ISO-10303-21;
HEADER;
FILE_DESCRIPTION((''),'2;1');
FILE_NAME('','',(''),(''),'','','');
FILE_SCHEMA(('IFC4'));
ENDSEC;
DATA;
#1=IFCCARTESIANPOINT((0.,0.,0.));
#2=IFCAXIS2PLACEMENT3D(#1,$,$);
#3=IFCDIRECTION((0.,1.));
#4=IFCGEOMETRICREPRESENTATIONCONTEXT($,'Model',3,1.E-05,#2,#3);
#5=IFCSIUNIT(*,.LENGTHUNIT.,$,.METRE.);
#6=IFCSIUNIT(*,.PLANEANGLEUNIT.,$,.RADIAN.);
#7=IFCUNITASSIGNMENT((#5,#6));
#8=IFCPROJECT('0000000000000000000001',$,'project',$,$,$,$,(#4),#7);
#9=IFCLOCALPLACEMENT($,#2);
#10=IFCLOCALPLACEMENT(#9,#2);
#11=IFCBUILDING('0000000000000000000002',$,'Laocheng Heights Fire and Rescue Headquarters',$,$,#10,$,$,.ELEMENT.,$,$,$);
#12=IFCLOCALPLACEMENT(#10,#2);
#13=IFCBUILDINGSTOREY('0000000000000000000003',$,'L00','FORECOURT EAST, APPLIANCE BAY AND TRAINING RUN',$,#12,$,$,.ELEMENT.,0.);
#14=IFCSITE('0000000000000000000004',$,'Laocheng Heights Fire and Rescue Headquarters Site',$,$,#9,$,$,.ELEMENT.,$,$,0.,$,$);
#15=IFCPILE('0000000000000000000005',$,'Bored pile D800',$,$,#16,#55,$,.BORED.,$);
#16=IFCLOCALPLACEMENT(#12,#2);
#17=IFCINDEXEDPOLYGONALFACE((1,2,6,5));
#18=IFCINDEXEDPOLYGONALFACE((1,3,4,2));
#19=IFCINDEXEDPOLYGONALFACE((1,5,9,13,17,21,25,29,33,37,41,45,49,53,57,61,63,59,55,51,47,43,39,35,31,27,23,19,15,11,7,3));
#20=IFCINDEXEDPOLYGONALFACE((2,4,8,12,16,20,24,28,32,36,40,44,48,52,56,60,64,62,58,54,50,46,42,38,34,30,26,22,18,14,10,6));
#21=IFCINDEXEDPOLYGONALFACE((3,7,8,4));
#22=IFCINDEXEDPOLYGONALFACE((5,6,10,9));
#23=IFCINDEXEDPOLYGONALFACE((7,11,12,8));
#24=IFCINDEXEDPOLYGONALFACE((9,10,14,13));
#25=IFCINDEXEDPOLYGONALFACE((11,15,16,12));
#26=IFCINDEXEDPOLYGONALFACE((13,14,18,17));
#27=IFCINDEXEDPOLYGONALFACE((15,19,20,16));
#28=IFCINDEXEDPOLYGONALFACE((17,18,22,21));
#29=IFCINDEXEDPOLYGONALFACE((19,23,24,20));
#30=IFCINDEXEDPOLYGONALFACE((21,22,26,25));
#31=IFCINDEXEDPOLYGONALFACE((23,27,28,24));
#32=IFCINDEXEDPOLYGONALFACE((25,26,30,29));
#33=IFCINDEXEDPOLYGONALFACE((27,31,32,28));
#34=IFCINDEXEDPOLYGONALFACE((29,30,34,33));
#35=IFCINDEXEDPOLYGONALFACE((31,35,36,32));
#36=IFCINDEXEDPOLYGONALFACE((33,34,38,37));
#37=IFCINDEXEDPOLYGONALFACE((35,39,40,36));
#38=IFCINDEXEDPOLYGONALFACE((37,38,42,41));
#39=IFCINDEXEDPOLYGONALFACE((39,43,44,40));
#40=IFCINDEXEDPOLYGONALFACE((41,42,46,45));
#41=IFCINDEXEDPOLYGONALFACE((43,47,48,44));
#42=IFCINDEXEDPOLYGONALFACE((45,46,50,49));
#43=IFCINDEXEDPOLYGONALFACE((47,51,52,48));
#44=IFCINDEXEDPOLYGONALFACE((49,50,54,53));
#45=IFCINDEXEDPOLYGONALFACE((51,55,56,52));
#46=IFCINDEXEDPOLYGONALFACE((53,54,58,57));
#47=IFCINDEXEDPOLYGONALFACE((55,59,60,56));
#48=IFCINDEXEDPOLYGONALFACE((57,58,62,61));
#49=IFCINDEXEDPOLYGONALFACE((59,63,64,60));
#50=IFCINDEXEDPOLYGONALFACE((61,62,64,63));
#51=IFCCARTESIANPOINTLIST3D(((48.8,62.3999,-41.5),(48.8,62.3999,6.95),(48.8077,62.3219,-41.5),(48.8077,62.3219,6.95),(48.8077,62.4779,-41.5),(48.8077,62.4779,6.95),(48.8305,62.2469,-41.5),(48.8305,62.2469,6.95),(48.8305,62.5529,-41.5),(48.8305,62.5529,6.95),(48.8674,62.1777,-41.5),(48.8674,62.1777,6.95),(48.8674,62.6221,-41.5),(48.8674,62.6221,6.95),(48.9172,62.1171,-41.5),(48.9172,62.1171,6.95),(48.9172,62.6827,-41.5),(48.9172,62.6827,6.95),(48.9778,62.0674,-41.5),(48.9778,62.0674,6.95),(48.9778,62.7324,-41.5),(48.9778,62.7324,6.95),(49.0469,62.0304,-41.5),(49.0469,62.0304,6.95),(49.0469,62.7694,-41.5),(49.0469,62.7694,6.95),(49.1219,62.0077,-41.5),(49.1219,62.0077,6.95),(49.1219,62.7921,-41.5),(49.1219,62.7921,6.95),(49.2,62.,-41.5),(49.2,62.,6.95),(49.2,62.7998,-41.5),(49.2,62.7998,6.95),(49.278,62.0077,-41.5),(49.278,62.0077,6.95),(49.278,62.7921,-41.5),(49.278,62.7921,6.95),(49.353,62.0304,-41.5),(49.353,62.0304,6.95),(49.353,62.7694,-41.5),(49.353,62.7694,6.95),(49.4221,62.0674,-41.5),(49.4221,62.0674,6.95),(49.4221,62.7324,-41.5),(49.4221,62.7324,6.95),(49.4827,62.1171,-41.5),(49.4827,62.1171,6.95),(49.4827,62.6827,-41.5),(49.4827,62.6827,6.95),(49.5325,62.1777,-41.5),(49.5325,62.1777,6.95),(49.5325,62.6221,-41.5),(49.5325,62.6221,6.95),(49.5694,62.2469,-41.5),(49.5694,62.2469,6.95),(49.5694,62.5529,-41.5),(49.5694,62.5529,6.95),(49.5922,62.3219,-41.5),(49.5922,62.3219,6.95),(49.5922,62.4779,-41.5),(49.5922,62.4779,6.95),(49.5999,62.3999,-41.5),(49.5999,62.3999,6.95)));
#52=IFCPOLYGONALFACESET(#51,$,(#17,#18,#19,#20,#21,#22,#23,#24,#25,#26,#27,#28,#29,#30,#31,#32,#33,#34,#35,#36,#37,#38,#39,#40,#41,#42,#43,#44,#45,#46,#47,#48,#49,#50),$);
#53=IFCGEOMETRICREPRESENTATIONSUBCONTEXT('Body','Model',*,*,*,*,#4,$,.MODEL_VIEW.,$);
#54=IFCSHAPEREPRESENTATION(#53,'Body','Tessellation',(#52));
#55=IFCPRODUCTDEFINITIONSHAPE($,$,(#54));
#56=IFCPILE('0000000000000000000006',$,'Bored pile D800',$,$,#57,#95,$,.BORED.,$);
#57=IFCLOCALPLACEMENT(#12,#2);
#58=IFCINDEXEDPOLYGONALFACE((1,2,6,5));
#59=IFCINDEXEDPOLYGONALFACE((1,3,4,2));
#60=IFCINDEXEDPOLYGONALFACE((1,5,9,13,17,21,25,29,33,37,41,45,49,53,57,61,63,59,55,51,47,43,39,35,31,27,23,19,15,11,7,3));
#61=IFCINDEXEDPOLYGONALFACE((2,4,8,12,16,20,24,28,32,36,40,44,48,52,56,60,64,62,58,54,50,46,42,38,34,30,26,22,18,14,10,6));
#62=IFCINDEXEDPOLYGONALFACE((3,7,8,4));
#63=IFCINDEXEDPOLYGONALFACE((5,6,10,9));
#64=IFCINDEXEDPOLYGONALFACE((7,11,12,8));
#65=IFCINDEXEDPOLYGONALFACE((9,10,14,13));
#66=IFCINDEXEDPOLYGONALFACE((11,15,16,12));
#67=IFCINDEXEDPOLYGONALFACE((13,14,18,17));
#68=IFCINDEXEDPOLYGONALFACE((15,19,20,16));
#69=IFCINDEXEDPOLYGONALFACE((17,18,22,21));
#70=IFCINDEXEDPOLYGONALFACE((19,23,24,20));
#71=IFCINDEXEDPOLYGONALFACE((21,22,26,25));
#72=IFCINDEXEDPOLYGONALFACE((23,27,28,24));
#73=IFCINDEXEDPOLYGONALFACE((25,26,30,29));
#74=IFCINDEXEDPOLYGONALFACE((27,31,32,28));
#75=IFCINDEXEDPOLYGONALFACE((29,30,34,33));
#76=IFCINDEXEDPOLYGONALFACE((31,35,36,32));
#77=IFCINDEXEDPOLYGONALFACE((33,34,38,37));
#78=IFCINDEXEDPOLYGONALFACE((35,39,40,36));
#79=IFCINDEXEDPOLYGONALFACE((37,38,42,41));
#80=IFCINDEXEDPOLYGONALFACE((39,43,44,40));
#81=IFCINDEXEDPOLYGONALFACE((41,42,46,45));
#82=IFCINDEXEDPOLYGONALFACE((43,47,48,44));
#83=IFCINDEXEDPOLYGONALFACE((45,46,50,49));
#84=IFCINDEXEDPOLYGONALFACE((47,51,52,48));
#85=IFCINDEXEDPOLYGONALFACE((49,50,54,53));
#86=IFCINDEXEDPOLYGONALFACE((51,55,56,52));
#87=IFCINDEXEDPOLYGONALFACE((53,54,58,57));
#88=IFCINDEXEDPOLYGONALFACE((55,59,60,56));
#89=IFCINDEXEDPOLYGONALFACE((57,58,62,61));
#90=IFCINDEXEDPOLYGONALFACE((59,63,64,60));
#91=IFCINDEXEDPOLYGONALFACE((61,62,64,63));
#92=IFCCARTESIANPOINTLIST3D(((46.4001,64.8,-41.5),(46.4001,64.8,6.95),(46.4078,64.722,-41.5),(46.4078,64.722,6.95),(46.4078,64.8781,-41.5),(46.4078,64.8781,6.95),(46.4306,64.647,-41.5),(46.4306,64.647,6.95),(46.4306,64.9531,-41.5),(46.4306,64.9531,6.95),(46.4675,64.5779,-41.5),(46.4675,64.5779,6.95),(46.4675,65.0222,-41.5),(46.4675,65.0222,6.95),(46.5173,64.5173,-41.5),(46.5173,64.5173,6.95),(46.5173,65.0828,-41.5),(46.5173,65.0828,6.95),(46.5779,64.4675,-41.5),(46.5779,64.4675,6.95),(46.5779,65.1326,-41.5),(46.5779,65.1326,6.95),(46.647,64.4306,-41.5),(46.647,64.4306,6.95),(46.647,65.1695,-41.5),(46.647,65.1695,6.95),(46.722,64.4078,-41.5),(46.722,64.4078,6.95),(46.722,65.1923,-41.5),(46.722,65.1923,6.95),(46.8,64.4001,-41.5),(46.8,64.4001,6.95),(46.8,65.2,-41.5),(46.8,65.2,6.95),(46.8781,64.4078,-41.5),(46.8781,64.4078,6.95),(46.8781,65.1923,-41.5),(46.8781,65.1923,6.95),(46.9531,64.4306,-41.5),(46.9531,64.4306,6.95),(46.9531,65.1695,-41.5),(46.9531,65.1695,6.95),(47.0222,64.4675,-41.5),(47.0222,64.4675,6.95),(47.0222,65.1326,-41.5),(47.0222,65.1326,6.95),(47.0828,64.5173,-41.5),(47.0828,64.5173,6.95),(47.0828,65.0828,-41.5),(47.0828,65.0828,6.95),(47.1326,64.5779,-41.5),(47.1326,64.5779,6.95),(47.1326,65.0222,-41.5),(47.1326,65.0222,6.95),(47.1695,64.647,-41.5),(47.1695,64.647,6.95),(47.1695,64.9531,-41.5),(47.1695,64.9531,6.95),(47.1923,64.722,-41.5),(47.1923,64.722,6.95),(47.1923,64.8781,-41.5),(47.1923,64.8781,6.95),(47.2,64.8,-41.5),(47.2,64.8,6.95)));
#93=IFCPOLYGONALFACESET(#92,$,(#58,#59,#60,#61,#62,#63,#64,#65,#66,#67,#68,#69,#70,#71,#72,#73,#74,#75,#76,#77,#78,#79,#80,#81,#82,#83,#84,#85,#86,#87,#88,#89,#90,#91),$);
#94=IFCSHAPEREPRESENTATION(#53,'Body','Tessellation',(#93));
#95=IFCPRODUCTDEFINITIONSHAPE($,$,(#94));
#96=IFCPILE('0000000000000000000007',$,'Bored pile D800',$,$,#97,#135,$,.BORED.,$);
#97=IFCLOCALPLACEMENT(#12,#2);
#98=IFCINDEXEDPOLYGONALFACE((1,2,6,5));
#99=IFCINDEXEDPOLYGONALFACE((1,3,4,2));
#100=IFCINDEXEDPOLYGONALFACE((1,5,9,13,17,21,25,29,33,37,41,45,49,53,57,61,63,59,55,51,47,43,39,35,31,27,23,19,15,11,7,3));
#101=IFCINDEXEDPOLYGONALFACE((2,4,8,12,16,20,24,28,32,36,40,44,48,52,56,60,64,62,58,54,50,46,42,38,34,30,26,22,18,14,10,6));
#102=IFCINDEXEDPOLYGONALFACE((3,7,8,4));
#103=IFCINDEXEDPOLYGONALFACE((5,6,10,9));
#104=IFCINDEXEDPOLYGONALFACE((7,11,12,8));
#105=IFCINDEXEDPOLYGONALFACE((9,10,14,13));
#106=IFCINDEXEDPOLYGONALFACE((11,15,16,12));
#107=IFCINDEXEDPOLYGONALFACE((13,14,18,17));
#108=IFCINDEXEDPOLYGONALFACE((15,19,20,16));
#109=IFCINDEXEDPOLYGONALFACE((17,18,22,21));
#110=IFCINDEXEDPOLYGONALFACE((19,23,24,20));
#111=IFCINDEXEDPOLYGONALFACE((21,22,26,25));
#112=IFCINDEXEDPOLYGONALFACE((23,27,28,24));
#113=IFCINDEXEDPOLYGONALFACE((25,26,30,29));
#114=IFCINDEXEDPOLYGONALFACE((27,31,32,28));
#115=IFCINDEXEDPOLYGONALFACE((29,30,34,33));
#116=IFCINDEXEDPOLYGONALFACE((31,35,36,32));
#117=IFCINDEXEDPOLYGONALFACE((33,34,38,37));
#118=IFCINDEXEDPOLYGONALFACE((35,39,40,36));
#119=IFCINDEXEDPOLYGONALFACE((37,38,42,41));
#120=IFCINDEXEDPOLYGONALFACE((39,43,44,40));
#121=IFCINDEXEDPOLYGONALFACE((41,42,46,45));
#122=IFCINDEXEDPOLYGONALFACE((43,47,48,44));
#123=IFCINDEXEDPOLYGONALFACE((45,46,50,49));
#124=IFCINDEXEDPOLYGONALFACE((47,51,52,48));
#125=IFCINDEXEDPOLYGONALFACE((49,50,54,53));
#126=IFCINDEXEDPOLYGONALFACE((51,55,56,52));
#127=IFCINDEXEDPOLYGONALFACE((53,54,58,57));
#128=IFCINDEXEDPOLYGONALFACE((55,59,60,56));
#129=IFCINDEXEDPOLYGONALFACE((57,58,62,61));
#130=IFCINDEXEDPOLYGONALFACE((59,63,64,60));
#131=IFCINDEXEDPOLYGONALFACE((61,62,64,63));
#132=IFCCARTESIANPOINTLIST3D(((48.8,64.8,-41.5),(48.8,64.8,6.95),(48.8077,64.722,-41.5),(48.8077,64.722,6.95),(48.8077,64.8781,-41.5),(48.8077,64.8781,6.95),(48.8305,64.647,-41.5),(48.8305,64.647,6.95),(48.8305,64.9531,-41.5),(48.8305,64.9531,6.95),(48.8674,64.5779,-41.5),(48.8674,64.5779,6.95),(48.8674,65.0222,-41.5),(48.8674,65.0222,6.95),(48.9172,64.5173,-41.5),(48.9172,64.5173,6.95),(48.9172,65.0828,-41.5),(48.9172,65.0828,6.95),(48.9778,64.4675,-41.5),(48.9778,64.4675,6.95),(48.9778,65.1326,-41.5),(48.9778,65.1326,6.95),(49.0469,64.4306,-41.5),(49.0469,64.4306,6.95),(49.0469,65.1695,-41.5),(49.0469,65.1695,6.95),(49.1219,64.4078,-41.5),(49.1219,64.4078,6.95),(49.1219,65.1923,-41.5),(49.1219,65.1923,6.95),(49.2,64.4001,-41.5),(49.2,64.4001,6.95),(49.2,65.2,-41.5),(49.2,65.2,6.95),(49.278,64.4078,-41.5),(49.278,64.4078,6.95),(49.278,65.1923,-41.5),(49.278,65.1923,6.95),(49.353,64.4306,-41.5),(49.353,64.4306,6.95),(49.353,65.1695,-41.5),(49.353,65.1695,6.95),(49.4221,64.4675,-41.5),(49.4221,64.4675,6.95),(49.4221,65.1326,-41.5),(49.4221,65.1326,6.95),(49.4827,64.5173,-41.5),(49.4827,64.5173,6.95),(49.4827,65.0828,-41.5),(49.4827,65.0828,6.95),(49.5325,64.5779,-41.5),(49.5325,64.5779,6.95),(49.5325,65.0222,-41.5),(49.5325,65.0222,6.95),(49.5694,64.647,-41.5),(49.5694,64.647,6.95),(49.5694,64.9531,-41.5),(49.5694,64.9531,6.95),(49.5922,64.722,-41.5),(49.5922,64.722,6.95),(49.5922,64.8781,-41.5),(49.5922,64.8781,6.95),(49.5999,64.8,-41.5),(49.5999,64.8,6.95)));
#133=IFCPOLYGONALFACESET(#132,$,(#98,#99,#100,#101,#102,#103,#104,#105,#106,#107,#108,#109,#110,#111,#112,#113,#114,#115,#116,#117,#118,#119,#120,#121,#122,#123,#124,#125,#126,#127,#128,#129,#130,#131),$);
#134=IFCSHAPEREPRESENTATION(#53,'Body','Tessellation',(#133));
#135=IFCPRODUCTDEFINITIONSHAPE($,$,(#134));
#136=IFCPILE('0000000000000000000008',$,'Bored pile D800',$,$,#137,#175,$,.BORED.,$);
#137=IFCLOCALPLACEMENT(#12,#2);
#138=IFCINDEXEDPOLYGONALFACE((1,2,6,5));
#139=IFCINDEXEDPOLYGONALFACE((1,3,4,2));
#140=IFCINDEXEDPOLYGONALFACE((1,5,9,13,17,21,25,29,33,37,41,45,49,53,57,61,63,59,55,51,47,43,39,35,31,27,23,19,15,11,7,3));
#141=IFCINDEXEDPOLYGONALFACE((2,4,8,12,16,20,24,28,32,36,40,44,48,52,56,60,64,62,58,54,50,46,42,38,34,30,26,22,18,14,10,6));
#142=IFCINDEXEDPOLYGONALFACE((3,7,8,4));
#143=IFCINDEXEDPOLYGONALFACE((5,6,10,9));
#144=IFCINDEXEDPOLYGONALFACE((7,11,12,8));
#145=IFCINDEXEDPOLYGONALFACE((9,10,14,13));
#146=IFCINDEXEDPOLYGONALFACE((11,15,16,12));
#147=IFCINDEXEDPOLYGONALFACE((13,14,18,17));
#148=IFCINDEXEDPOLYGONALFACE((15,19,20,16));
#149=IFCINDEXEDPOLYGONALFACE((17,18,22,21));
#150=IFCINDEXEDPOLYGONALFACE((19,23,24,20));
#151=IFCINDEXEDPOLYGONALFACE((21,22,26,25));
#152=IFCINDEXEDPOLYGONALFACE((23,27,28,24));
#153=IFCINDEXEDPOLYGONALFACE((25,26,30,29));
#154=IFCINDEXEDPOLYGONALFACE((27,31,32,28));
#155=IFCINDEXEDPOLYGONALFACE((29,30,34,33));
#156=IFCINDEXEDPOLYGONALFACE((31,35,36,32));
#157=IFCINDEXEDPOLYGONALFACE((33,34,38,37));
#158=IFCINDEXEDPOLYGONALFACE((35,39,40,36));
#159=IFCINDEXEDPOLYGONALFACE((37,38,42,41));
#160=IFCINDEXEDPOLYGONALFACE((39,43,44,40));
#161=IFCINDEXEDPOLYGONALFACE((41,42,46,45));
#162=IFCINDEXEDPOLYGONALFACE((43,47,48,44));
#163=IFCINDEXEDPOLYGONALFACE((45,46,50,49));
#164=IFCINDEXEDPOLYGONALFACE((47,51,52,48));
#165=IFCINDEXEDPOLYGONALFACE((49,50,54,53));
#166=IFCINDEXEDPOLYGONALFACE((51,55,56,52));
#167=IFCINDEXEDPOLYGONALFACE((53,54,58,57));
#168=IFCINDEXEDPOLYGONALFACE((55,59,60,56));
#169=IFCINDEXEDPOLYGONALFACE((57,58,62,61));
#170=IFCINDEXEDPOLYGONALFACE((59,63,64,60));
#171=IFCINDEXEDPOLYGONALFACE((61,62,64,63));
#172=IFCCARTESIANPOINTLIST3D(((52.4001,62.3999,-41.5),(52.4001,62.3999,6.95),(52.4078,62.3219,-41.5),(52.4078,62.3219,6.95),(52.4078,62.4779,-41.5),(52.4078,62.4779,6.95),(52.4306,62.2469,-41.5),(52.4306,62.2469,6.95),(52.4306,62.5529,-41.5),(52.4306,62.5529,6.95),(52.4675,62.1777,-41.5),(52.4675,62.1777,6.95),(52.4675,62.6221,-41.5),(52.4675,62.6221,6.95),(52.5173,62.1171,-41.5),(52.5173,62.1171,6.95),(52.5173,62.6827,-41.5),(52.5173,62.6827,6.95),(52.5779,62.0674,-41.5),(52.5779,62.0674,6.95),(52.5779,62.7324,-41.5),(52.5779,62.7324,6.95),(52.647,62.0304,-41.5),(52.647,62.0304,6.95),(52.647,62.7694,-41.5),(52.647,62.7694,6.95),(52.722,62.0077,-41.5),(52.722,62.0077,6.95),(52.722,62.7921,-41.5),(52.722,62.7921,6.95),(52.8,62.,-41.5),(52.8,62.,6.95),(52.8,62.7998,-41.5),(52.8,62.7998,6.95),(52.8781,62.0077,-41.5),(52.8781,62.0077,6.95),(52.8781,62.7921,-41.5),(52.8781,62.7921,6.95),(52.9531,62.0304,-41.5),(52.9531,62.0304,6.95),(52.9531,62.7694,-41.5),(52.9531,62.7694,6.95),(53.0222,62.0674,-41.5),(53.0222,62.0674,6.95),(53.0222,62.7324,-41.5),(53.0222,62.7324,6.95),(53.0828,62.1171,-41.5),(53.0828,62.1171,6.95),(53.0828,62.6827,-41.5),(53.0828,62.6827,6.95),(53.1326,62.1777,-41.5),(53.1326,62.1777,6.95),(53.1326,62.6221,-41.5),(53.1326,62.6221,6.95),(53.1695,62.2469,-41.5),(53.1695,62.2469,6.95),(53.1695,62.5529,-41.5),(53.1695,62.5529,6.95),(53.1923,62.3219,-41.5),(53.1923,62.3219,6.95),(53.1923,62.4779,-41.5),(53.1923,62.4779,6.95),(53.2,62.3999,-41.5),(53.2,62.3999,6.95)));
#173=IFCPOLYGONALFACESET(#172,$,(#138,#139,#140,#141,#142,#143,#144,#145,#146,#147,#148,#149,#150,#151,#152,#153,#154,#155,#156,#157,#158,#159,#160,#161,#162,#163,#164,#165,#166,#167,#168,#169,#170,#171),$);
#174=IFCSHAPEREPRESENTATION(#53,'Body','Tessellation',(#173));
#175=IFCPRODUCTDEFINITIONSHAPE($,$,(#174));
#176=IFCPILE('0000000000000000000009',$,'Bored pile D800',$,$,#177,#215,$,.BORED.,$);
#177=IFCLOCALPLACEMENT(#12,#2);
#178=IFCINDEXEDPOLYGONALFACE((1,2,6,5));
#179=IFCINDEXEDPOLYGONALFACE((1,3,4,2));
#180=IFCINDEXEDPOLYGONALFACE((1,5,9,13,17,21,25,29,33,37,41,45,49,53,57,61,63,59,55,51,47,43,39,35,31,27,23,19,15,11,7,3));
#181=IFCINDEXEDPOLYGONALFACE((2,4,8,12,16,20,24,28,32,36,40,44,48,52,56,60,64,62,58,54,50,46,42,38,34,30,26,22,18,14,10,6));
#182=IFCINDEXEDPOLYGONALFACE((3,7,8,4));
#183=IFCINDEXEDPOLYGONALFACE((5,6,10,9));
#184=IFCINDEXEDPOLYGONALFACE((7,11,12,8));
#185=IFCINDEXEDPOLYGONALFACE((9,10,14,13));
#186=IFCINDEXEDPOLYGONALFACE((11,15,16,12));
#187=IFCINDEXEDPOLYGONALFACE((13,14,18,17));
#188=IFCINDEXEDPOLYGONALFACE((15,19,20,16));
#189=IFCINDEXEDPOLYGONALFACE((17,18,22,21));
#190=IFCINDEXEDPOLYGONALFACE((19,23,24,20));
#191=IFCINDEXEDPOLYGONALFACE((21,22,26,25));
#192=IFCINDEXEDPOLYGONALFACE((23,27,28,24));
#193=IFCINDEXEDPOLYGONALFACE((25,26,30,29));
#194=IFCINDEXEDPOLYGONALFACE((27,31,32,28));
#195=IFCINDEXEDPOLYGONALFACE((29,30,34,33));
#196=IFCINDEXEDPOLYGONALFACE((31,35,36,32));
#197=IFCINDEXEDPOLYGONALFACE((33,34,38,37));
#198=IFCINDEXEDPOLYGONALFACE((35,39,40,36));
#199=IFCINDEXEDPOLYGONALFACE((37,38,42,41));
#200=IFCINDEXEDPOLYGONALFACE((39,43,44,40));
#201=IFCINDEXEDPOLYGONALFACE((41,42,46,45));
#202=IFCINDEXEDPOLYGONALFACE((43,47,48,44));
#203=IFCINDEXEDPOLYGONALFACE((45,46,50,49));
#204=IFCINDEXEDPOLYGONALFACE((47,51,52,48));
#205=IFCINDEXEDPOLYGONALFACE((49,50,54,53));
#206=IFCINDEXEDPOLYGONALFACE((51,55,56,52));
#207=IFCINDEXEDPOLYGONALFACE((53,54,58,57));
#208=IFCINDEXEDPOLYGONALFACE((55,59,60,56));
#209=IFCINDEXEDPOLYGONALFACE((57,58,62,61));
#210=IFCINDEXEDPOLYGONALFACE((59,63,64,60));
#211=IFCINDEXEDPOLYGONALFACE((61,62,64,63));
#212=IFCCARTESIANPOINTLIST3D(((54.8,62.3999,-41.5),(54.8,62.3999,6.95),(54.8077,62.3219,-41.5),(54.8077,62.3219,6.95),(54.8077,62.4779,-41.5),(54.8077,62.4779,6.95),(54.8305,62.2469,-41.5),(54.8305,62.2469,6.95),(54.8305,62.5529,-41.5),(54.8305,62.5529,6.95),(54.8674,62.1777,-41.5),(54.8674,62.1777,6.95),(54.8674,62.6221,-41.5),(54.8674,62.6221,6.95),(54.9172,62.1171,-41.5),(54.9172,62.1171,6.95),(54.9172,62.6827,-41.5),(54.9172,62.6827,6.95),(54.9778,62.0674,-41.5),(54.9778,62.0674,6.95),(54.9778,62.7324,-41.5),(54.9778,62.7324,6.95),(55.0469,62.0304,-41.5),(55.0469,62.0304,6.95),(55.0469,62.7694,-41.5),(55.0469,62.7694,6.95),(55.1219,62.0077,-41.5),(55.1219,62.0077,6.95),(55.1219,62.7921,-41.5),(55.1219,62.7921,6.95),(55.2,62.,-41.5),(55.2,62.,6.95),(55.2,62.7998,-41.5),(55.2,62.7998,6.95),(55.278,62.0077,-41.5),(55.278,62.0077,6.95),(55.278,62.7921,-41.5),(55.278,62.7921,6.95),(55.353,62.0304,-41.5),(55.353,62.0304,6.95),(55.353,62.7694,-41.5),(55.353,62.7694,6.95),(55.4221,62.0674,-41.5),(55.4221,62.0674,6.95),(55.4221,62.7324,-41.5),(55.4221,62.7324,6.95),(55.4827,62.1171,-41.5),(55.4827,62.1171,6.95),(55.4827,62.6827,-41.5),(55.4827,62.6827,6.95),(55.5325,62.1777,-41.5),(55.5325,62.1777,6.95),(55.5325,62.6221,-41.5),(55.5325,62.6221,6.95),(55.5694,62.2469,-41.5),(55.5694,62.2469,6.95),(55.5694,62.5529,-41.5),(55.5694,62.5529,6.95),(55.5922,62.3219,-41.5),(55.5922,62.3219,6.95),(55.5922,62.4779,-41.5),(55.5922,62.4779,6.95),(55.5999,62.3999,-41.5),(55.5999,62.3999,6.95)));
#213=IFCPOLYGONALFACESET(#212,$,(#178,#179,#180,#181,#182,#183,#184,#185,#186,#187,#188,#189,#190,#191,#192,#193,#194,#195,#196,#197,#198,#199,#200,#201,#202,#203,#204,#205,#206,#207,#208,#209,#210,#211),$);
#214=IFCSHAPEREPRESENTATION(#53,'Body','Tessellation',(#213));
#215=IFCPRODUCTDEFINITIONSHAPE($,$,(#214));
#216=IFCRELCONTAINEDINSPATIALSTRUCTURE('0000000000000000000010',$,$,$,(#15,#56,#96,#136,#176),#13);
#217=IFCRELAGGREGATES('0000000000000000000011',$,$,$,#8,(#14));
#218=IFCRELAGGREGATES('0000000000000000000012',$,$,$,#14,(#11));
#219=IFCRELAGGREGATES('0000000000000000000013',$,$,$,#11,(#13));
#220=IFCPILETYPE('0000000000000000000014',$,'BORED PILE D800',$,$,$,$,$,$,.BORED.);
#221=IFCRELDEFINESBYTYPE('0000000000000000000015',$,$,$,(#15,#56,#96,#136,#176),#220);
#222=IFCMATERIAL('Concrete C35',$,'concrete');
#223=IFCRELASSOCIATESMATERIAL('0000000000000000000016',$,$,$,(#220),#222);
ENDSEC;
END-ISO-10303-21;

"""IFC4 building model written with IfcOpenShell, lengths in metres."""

from ifc_helpers import new_model, si_unit, direction, frame, origin, origin_2d, place, context, subcontext, project, spatial, circle, extrude, material, material_profile, profile_set, type_object, element, save


model = new_model("IFC4")

# Units and contexts
model_context = context("Model", 3, precision=1e-05, world=origin(), true_north=direction((0.0, 1.0)))
body_context = subcontext(model_context, "Body", "Model", "MODEL_VIEW")
ifc_project = project(units=[si_unit("LENGTHUNIT", "METRE"), si_unit("PLANEANGLEUNIT", "RADIAN")], contexts=[model_context])

# Site, building, storey
site_placement = place(None, origin())
site = spatial("IfcSite", under=ifc_project, at=site_placement, Name="Laocheng Heights Fire and Rescue Headquarters Site", CompositionType="ELEMENT", RefElevation=0.0)
building_placement = place(site_placement, origin())
building = spatial("IfcBuilding", under=site, at=building_placement, Name="Laocheng Heights Fire and Rescue Headquarters", CompositionType="ELEMENT")
storey_placement = place(building_placement, origin())
storey = spatial("IfcBuildingStorey", under=building, at=storey_placement, Name="L00", Description="FORECOURT EAST, APPLIANCE BAY AND TRAINING RUN", CompositionType="ELEMENT", Elevation=0.0)

# Piles
ifc_material_1 = material(Name="Concrete C35", Category="concrete")
ifc_material_profile_1 = material_profile(ifc_material_1, circle(Radius=0.3999, at=origin_2d()), Name="BORED PILE D800")
ifc_profile_set_1 = profile_set([ifc_material_profile_1], Name="Concrete C35")
pile_type_1 = type_object("IfcPileType", Name="BORED PILE D800", PredefinedType="BORED", material=ifc_profile_set_1)
for number, where, z_axis, x_axis, name in (
    (1, (49.2, 62.3999, 6.95), (0.0, 0.0, -1.0), (1.0, 0.0, 0.0), "Bored pile D800"),
    (2, (46.8, 64.8, 6.95), (0.0, 0.0, -1.0), (1.0, 0.0, 0.0), "Bored pile D800"),
    (3, (49.2, 64.8, 6.95), (0.0, 0.0, -1.0), (1.0, 0.0, 0.0), "Bored pile D800"),
    (4, (52.8, 62.3999, 6.95), (0.0, 0.0, -1.0), (1.0, 0.0, 0.0), "Bored pile D800"),
    (5, (55.2, 62.3999, 6.95), (0.0, 0.0, -1.0), (1.0, 0.0, 0.0), "Bored pile D800"),
):
    element("IfcPile", number, at=place(storey_placement, frame(where, z_axis=z_axis, x_axis=x_axis)), inside=storey, type_object=pile_type_1, Name=name, PredefinedType="BORED", context=body_context, shape_type="SweptSolid", body=[
        extrude(circle(Radius=0.3999, at=origin_2d()), origin(), (0.0, 0.0, 1.0), 48.45),
    ])

save(model, "model.ifc")
